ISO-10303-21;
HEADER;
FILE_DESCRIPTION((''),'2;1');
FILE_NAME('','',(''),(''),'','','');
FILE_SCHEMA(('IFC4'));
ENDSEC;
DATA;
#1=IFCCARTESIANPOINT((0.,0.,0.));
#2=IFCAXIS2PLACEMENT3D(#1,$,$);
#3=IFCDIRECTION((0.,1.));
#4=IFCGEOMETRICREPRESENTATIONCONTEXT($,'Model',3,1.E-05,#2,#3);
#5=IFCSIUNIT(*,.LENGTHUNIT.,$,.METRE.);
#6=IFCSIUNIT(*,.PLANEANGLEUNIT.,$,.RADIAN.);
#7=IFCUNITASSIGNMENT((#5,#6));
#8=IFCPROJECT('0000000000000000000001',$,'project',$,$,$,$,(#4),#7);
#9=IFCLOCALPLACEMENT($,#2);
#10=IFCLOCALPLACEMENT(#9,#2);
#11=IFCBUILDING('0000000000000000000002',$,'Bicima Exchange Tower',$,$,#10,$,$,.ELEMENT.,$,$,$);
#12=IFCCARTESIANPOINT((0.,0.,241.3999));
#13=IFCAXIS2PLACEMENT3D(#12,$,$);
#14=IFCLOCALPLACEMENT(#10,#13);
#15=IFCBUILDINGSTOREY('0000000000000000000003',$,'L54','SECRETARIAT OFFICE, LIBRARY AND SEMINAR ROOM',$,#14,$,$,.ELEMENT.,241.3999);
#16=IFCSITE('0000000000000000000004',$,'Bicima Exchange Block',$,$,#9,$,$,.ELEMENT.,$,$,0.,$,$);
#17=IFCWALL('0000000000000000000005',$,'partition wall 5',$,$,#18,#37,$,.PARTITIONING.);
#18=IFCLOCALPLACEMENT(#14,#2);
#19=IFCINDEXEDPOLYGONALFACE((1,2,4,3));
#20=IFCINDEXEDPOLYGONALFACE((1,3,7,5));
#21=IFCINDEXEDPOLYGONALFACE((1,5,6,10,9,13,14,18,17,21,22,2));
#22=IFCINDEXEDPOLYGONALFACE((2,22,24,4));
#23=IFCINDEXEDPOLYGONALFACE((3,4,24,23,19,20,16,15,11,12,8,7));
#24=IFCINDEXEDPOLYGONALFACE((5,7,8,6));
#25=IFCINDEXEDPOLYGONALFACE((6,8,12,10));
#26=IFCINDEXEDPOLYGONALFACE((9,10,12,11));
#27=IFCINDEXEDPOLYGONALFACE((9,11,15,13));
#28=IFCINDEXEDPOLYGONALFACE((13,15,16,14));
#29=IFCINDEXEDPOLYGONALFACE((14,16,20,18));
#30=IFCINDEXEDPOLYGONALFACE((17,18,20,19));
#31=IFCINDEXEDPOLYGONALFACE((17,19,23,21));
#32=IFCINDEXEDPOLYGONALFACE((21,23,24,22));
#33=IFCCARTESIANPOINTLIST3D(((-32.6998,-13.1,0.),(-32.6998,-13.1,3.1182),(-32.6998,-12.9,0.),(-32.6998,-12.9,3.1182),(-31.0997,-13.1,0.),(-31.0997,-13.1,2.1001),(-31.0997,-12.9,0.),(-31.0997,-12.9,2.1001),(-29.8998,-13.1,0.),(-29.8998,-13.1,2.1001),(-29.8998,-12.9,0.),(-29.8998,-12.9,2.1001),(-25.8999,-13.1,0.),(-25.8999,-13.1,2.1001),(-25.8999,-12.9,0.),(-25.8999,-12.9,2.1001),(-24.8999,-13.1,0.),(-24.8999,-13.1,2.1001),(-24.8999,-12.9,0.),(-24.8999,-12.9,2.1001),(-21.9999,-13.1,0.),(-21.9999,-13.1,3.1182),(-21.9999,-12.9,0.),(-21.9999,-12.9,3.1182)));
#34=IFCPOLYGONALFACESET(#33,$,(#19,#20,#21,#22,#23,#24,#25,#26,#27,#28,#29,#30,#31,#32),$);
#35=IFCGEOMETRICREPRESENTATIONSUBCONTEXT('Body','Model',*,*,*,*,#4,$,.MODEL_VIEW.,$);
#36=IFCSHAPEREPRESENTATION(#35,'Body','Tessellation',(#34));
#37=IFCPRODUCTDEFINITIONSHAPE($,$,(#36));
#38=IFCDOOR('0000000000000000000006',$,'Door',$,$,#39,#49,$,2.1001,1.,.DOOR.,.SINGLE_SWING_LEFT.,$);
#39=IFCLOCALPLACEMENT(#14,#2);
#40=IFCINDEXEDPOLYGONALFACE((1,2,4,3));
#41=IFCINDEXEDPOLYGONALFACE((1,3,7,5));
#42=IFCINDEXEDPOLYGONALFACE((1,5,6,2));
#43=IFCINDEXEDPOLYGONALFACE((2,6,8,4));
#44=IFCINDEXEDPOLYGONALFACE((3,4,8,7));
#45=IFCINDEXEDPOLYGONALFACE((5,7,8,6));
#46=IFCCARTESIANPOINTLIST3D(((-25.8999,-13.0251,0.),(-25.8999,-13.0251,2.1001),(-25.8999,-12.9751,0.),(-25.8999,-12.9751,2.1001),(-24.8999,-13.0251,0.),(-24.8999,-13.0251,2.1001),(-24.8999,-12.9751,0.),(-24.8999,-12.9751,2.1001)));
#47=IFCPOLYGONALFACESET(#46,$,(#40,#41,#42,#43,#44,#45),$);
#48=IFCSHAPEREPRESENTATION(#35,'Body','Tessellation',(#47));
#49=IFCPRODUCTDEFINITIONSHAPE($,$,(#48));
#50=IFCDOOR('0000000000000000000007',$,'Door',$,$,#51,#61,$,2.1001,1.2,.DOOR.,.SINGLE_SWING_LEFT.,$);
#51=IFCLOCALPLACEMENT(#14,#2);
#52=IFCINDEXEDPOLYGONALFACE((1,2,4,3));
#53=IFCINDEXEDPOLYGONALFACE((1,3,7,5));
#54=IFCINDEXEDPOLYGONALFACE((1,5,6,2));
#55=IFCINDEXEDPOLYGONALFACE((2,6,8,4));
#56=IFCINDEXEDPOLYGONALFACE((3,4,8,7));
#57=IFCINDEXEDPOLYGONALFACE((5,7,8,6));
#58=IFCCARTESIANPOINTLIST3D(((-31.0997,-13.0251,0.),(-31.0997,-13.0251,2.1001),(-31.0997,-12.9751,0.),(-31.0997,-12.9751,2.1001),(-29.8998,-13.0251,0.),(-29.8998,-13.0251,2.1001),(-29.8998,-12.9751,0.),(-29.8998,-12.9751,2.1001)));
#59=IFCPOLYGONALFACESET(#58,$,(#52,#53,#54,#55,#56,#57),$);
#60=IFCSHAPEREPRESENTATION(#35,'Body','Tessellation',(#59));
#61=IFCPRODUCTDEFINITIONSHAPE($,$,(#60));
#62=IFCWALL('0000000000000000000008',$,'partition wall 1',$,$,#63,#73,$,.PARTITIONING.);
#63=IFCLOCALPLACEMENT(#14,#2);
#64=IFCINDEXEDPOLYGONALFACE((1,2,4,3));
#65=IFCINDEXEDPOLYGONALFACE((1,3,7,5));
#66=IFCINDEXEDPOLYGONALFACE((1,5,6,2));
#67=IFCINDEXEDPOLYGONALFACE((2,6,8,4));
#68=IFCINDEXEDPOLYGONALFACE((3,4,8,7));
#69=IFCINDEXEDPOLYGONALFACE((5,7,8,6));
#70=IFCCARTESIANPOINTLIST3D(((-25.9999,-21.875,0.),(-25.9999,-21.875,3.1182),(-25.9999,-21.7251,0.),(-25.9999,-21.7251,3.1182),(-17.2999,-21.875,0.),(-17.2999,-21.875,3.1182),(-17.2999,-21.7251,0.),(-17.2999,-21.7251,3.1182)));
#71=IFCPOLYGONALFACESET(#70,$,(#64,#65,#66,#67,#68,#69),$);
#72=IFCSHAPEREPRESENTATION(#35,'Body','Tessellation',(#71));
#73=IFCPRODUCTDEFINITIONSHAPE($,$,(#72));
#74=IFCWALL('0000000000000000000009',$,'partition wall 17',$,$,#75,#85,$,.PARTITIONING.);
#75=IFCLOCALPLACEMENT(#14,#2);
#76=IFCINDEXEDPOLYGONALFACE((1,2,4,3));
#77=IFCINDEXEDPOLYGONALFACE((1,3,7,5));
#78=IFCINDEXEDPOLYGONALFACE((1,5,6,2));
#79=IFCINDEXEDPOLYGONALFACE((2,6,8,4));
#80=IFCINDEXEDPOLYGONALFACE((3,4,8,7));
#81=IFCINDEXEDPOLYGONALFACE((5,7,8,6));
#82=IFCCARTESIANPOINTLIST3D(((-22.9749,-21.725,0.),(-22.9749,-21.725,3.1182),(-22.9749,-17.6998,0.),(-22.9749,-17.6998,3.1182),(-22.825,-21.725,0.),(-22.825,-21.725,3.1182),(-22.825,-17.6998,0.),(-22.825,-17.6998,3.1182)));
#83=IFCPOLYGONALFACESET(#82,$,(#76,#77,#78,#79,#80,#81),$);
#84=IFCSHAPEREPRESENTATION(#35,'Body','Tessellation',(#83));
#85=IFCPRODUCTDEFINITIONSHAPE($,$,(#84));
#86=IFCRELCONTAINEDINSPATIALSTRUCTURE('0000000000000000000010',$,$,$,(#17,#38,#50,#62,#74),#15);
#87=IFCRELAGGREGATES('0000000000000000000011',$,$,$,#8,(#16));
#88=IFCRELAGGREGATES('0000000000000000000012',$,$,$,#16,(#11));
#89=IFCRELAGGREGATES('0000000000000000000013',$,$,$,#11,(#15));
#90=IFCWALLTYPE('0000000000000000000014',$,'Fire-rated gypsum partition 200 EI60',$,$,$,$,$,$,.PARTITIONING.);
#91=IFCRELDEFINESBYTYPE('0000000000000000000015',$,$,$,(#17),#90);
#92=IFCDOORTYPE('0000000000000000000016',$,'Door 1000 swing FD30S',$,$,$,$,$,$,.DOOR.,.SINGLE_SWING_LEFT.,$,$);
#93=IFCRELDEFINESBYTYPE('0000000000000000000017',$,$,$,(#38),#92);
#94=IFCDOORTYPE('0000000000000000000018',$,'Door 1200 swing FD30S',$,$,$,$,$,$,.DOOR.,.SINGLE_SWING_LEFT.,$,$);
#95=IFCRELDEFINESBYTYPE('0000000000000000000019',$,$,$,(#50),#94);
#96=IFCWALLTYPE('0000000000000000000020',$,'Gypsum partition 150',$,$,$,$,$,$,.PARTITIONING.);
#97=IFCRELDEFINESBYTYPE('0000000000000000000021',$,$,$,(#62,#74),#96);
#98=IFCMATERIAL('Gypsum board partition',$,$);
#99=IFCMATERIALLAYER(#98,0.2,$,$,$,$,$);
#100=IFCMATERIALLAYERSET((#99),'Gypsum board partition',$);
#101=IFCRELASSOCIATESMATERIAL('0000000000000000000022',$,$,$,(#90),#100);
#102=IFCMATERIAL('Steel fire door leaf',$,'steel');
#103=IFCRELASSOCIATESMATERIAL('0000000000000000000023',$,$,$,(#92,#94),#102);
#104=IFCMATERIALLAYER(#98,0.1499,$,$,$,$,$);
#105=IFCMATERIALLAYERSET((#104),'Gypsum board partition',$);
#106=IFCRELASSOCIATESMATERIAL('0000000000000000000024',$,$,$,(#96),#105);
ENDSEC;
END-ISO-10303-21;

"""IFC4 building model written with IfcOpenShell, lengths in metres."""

from ifc_helpers import new_model, si_unit, direction, frame, frame_2d, origin, place, context, subcontext, project, spatial, rectangle, extrude, material, layer, layer_set, type_object, element, fill, save


model = new_model("IFC4")

# Units and contexts
model_context = context("Model", 3, precision=1e-05, world=origin(), true_north=direction((0.0, 1.0)))
body_context = subcontext(model_context, "Body", "Model", "MODEL_VIEW")
ifc_project = project(units=[si_unit("LENGTHUNIT", "METRE"), si_unit("PLANEANGLEUNIT", "RADIAN")], contexts=[model_context])

# Site, building, storey
site_placement = place(None, origin())
site = spatial("IfcSite", under=ifc_project, at=site_placement, Name="Bicima Exchange Block", CompositionType="ELEMENT", RefElevation=0.0)
building_placement = place(site_placement, origin())
building = spatial("IfcBuilding", under=site, at=building_placement, Name="Bicima Exchange Tower", CompositionType="ELEMENT")
storey_placement = place(building_placement, frame((0.0, 0.0, 241.3999)))
storey = spatial("IfcBuildingStorey", under=building, at=storey_placement, Name="L54", Description="SECRETARIAT OFFICE, LIBRARY AND SEMINAR ROOM", CompositionType="ELEMENT", Elevation=241.3999)

# Wall, openings, doors
ifc_material_1 = material(Name="Gypsum board partition")
ifc_layer_1 = layer(ifc_material_1, 0.2)
ifc_layer_set_1 = layer_set([ifc_layer_1], Name="Gypsum board partition")
wall_type_1 = type_object("IfcWallType", Name="Fire-rated gypsum partition 200 EI60", PredefinedType="PARTITIONING", material=ifc_layer_set_1)
ifc_material_2 = material(Name="Steel fire door leaf", Category="steel")
door_type_1 = type_object("IfcDoorType", Name="Door 1000 swing FD30S", OperationType="SINGLE_SWING_LEFT", PredefinedType="DOOR", material=ifc_material_2)
wall_1_placement = place(storey_placement, frame((-32.7, -13.0, 0.0), z_axis=(0.0, 0.0, 1.0), x_axis=(1.0, 0.0, 0.0)))
wall_1 = element("IfcWall", 1, at=wall_1_placement, inside=storey, type_object=wall_type_1, Name="partition wall 5", PredefinedType="PARTITIONING", context=body_context, shape_type="SweptSolid", body=[
    extrude(rectangle(XDim=10.7, YDim=0.2, at=frame_2d((5.3501, 0.0))), origin(), (0.0, 0.0, 1.0), 3.1182),
])
opening_1_placement = place(wall_1_placement, frame((1.6001, 0.0, 0.0)))
opening_1 = element("IfcOpeningElement", 2, at=opening_1_placement, cuts=wall_1, PredefinedType="OPENING", context=body_context, shape_type="SweptSolid", body=[
    extrude(rectangle(XDim=1.2, YDim=2.1001, at=frame_2d((0.6001, 1.05))), frame((0.0, 0.1118, 0.0), z_axis=(0.0, -1.0, 0.0), x_axis=(1.0, 0.0, 0.0)), (0.0, 0.0, 1.0), 0.2239),
])
opening_2_placement = place(wall_1_placement, frame((6.8, 0.0, 0.0)))
opening_2 = element("IfcOpeningElement", 3, at=opening_2_placement, cuts=wall_1, PredefinedType="OPENING", context=body_context, shape_type="SweptSolid", body=[
    extrude(rectangle(XDim=1.0, YDim=2.1001, at=frame_2d((0.5, 1.05))), frame((0.0, 0.1118, 0.0), z_axis=(0.0, -1.0, 0.0), x_axis=(1.0, 0.0, 0.0)), (0.0, 0.0, 1.0), 0.2239),
])
door_1_placement = place(opening_2_placement, origin())
door_1 = element("IfcDoor", 4, at=door_1_placement, inside=storey, type_object=door_type_1, Name="Door", OperationType="SINGLE_SWING_LEFT", OverallHeight=2.1001, OverallWidth=1.0, PredefinedType="DOOR", context=body_context, shape_type="SweptSolid", body=[
    extrude(rectangle(XDim=1.0, YDim=2.1001, at=frame_2d((0.5, 1.05))), frame((0.0, 0.0249, 0.0), z_axis=(0.0, -1.0, 0.0), x_axis=(1.0, 0.0, 0.0)), (0.0, 0.0, 1.0), 0.05),
])
fill(opening_2, door_1)
door_type_2 = type_object("IfcDoorType", Name="Door 1200 swing FD30S", OperationType="SINGLE_SWING_LEFT", PredefinedType="DOOR", material=ifc_material_2)
door_2_placement = place(opening_1_placement, origin())
door_2 = element("IfcDoor", 5, at=door_2_placement, inside=storey, type_object=door_type_2, Name="Door", OperationType="SINGLE_SWING_LEFT", OverallHeight=2.1001, OverallWidth=1.2, PredefinedType="DOOR", context=body_context, shape_type="SweptSolid", body=[
    extrude(rectangle(XDim=1.2, YDim=2.1001, at=frame_2d((0.6001, 1.05))), frame((0.0, 0.0249, 0.0), z_axis=(0.0, -1.0, 0.0), x_axis=(1.0, 0.0, 0.0)), (0.0, 0.0, 1.0), 0.05),
])
fill(opening_1, door_2)

# Walls
ifc_layer_2 = layer(ifc_material_1, 0.1499)
ifc_layer_set_2 = layer_set([ifc_layer_2], Name="Gypsum board partition")
wall_type_2 = type_object("IfcWallType", Name="Gypsum partition 150", PredefinedType="PARTITIONING", material=ifc_layer_set_2)
wall_2_placement = place(storey_placement, frame((-26.0, -21.8, 0.0), z_axis=(0.0, 0.0, 1.0), x_axis=(1.0, 0.0, 0.0)))
element("IfcWall", 6, at=wall_2_placement, inside=storey, type_object=wall_type_2, Name="partition wall 1", PredefinedType="PARTITIONING", context=body_context, shape_type="SweptSolid", body=[
    extrude(rectangle(XDim=8.7, YDim=0.1499, at=frame_2d((4.3501, 0.0))), origin(), (0.0, 0.0, 1.0), 3.1182),
])
wall_3_placement = place(storey_placement, frame((-22.8999, -21.7251, 0.0), z_axis=(0.0, 0.0, 1.0), x_axis=(0.0, 1.0, 0.0)))
element("IfcWall", 7, at=wall_3_placement, inside=storey, type_object=wall_type_2, Name="partition wall 17", PredefinedType="PARTITIONING", context=body_context, shape_type="SweptSolid", body=[
    extrude(rectangle(XDim=4.0251, YDim=0.1499, at=frame_2d((2.0127, 0.0))), origin(), (0.0, 0.0, 1.0), 3.1182),
])

save(model, "model.ifc")
